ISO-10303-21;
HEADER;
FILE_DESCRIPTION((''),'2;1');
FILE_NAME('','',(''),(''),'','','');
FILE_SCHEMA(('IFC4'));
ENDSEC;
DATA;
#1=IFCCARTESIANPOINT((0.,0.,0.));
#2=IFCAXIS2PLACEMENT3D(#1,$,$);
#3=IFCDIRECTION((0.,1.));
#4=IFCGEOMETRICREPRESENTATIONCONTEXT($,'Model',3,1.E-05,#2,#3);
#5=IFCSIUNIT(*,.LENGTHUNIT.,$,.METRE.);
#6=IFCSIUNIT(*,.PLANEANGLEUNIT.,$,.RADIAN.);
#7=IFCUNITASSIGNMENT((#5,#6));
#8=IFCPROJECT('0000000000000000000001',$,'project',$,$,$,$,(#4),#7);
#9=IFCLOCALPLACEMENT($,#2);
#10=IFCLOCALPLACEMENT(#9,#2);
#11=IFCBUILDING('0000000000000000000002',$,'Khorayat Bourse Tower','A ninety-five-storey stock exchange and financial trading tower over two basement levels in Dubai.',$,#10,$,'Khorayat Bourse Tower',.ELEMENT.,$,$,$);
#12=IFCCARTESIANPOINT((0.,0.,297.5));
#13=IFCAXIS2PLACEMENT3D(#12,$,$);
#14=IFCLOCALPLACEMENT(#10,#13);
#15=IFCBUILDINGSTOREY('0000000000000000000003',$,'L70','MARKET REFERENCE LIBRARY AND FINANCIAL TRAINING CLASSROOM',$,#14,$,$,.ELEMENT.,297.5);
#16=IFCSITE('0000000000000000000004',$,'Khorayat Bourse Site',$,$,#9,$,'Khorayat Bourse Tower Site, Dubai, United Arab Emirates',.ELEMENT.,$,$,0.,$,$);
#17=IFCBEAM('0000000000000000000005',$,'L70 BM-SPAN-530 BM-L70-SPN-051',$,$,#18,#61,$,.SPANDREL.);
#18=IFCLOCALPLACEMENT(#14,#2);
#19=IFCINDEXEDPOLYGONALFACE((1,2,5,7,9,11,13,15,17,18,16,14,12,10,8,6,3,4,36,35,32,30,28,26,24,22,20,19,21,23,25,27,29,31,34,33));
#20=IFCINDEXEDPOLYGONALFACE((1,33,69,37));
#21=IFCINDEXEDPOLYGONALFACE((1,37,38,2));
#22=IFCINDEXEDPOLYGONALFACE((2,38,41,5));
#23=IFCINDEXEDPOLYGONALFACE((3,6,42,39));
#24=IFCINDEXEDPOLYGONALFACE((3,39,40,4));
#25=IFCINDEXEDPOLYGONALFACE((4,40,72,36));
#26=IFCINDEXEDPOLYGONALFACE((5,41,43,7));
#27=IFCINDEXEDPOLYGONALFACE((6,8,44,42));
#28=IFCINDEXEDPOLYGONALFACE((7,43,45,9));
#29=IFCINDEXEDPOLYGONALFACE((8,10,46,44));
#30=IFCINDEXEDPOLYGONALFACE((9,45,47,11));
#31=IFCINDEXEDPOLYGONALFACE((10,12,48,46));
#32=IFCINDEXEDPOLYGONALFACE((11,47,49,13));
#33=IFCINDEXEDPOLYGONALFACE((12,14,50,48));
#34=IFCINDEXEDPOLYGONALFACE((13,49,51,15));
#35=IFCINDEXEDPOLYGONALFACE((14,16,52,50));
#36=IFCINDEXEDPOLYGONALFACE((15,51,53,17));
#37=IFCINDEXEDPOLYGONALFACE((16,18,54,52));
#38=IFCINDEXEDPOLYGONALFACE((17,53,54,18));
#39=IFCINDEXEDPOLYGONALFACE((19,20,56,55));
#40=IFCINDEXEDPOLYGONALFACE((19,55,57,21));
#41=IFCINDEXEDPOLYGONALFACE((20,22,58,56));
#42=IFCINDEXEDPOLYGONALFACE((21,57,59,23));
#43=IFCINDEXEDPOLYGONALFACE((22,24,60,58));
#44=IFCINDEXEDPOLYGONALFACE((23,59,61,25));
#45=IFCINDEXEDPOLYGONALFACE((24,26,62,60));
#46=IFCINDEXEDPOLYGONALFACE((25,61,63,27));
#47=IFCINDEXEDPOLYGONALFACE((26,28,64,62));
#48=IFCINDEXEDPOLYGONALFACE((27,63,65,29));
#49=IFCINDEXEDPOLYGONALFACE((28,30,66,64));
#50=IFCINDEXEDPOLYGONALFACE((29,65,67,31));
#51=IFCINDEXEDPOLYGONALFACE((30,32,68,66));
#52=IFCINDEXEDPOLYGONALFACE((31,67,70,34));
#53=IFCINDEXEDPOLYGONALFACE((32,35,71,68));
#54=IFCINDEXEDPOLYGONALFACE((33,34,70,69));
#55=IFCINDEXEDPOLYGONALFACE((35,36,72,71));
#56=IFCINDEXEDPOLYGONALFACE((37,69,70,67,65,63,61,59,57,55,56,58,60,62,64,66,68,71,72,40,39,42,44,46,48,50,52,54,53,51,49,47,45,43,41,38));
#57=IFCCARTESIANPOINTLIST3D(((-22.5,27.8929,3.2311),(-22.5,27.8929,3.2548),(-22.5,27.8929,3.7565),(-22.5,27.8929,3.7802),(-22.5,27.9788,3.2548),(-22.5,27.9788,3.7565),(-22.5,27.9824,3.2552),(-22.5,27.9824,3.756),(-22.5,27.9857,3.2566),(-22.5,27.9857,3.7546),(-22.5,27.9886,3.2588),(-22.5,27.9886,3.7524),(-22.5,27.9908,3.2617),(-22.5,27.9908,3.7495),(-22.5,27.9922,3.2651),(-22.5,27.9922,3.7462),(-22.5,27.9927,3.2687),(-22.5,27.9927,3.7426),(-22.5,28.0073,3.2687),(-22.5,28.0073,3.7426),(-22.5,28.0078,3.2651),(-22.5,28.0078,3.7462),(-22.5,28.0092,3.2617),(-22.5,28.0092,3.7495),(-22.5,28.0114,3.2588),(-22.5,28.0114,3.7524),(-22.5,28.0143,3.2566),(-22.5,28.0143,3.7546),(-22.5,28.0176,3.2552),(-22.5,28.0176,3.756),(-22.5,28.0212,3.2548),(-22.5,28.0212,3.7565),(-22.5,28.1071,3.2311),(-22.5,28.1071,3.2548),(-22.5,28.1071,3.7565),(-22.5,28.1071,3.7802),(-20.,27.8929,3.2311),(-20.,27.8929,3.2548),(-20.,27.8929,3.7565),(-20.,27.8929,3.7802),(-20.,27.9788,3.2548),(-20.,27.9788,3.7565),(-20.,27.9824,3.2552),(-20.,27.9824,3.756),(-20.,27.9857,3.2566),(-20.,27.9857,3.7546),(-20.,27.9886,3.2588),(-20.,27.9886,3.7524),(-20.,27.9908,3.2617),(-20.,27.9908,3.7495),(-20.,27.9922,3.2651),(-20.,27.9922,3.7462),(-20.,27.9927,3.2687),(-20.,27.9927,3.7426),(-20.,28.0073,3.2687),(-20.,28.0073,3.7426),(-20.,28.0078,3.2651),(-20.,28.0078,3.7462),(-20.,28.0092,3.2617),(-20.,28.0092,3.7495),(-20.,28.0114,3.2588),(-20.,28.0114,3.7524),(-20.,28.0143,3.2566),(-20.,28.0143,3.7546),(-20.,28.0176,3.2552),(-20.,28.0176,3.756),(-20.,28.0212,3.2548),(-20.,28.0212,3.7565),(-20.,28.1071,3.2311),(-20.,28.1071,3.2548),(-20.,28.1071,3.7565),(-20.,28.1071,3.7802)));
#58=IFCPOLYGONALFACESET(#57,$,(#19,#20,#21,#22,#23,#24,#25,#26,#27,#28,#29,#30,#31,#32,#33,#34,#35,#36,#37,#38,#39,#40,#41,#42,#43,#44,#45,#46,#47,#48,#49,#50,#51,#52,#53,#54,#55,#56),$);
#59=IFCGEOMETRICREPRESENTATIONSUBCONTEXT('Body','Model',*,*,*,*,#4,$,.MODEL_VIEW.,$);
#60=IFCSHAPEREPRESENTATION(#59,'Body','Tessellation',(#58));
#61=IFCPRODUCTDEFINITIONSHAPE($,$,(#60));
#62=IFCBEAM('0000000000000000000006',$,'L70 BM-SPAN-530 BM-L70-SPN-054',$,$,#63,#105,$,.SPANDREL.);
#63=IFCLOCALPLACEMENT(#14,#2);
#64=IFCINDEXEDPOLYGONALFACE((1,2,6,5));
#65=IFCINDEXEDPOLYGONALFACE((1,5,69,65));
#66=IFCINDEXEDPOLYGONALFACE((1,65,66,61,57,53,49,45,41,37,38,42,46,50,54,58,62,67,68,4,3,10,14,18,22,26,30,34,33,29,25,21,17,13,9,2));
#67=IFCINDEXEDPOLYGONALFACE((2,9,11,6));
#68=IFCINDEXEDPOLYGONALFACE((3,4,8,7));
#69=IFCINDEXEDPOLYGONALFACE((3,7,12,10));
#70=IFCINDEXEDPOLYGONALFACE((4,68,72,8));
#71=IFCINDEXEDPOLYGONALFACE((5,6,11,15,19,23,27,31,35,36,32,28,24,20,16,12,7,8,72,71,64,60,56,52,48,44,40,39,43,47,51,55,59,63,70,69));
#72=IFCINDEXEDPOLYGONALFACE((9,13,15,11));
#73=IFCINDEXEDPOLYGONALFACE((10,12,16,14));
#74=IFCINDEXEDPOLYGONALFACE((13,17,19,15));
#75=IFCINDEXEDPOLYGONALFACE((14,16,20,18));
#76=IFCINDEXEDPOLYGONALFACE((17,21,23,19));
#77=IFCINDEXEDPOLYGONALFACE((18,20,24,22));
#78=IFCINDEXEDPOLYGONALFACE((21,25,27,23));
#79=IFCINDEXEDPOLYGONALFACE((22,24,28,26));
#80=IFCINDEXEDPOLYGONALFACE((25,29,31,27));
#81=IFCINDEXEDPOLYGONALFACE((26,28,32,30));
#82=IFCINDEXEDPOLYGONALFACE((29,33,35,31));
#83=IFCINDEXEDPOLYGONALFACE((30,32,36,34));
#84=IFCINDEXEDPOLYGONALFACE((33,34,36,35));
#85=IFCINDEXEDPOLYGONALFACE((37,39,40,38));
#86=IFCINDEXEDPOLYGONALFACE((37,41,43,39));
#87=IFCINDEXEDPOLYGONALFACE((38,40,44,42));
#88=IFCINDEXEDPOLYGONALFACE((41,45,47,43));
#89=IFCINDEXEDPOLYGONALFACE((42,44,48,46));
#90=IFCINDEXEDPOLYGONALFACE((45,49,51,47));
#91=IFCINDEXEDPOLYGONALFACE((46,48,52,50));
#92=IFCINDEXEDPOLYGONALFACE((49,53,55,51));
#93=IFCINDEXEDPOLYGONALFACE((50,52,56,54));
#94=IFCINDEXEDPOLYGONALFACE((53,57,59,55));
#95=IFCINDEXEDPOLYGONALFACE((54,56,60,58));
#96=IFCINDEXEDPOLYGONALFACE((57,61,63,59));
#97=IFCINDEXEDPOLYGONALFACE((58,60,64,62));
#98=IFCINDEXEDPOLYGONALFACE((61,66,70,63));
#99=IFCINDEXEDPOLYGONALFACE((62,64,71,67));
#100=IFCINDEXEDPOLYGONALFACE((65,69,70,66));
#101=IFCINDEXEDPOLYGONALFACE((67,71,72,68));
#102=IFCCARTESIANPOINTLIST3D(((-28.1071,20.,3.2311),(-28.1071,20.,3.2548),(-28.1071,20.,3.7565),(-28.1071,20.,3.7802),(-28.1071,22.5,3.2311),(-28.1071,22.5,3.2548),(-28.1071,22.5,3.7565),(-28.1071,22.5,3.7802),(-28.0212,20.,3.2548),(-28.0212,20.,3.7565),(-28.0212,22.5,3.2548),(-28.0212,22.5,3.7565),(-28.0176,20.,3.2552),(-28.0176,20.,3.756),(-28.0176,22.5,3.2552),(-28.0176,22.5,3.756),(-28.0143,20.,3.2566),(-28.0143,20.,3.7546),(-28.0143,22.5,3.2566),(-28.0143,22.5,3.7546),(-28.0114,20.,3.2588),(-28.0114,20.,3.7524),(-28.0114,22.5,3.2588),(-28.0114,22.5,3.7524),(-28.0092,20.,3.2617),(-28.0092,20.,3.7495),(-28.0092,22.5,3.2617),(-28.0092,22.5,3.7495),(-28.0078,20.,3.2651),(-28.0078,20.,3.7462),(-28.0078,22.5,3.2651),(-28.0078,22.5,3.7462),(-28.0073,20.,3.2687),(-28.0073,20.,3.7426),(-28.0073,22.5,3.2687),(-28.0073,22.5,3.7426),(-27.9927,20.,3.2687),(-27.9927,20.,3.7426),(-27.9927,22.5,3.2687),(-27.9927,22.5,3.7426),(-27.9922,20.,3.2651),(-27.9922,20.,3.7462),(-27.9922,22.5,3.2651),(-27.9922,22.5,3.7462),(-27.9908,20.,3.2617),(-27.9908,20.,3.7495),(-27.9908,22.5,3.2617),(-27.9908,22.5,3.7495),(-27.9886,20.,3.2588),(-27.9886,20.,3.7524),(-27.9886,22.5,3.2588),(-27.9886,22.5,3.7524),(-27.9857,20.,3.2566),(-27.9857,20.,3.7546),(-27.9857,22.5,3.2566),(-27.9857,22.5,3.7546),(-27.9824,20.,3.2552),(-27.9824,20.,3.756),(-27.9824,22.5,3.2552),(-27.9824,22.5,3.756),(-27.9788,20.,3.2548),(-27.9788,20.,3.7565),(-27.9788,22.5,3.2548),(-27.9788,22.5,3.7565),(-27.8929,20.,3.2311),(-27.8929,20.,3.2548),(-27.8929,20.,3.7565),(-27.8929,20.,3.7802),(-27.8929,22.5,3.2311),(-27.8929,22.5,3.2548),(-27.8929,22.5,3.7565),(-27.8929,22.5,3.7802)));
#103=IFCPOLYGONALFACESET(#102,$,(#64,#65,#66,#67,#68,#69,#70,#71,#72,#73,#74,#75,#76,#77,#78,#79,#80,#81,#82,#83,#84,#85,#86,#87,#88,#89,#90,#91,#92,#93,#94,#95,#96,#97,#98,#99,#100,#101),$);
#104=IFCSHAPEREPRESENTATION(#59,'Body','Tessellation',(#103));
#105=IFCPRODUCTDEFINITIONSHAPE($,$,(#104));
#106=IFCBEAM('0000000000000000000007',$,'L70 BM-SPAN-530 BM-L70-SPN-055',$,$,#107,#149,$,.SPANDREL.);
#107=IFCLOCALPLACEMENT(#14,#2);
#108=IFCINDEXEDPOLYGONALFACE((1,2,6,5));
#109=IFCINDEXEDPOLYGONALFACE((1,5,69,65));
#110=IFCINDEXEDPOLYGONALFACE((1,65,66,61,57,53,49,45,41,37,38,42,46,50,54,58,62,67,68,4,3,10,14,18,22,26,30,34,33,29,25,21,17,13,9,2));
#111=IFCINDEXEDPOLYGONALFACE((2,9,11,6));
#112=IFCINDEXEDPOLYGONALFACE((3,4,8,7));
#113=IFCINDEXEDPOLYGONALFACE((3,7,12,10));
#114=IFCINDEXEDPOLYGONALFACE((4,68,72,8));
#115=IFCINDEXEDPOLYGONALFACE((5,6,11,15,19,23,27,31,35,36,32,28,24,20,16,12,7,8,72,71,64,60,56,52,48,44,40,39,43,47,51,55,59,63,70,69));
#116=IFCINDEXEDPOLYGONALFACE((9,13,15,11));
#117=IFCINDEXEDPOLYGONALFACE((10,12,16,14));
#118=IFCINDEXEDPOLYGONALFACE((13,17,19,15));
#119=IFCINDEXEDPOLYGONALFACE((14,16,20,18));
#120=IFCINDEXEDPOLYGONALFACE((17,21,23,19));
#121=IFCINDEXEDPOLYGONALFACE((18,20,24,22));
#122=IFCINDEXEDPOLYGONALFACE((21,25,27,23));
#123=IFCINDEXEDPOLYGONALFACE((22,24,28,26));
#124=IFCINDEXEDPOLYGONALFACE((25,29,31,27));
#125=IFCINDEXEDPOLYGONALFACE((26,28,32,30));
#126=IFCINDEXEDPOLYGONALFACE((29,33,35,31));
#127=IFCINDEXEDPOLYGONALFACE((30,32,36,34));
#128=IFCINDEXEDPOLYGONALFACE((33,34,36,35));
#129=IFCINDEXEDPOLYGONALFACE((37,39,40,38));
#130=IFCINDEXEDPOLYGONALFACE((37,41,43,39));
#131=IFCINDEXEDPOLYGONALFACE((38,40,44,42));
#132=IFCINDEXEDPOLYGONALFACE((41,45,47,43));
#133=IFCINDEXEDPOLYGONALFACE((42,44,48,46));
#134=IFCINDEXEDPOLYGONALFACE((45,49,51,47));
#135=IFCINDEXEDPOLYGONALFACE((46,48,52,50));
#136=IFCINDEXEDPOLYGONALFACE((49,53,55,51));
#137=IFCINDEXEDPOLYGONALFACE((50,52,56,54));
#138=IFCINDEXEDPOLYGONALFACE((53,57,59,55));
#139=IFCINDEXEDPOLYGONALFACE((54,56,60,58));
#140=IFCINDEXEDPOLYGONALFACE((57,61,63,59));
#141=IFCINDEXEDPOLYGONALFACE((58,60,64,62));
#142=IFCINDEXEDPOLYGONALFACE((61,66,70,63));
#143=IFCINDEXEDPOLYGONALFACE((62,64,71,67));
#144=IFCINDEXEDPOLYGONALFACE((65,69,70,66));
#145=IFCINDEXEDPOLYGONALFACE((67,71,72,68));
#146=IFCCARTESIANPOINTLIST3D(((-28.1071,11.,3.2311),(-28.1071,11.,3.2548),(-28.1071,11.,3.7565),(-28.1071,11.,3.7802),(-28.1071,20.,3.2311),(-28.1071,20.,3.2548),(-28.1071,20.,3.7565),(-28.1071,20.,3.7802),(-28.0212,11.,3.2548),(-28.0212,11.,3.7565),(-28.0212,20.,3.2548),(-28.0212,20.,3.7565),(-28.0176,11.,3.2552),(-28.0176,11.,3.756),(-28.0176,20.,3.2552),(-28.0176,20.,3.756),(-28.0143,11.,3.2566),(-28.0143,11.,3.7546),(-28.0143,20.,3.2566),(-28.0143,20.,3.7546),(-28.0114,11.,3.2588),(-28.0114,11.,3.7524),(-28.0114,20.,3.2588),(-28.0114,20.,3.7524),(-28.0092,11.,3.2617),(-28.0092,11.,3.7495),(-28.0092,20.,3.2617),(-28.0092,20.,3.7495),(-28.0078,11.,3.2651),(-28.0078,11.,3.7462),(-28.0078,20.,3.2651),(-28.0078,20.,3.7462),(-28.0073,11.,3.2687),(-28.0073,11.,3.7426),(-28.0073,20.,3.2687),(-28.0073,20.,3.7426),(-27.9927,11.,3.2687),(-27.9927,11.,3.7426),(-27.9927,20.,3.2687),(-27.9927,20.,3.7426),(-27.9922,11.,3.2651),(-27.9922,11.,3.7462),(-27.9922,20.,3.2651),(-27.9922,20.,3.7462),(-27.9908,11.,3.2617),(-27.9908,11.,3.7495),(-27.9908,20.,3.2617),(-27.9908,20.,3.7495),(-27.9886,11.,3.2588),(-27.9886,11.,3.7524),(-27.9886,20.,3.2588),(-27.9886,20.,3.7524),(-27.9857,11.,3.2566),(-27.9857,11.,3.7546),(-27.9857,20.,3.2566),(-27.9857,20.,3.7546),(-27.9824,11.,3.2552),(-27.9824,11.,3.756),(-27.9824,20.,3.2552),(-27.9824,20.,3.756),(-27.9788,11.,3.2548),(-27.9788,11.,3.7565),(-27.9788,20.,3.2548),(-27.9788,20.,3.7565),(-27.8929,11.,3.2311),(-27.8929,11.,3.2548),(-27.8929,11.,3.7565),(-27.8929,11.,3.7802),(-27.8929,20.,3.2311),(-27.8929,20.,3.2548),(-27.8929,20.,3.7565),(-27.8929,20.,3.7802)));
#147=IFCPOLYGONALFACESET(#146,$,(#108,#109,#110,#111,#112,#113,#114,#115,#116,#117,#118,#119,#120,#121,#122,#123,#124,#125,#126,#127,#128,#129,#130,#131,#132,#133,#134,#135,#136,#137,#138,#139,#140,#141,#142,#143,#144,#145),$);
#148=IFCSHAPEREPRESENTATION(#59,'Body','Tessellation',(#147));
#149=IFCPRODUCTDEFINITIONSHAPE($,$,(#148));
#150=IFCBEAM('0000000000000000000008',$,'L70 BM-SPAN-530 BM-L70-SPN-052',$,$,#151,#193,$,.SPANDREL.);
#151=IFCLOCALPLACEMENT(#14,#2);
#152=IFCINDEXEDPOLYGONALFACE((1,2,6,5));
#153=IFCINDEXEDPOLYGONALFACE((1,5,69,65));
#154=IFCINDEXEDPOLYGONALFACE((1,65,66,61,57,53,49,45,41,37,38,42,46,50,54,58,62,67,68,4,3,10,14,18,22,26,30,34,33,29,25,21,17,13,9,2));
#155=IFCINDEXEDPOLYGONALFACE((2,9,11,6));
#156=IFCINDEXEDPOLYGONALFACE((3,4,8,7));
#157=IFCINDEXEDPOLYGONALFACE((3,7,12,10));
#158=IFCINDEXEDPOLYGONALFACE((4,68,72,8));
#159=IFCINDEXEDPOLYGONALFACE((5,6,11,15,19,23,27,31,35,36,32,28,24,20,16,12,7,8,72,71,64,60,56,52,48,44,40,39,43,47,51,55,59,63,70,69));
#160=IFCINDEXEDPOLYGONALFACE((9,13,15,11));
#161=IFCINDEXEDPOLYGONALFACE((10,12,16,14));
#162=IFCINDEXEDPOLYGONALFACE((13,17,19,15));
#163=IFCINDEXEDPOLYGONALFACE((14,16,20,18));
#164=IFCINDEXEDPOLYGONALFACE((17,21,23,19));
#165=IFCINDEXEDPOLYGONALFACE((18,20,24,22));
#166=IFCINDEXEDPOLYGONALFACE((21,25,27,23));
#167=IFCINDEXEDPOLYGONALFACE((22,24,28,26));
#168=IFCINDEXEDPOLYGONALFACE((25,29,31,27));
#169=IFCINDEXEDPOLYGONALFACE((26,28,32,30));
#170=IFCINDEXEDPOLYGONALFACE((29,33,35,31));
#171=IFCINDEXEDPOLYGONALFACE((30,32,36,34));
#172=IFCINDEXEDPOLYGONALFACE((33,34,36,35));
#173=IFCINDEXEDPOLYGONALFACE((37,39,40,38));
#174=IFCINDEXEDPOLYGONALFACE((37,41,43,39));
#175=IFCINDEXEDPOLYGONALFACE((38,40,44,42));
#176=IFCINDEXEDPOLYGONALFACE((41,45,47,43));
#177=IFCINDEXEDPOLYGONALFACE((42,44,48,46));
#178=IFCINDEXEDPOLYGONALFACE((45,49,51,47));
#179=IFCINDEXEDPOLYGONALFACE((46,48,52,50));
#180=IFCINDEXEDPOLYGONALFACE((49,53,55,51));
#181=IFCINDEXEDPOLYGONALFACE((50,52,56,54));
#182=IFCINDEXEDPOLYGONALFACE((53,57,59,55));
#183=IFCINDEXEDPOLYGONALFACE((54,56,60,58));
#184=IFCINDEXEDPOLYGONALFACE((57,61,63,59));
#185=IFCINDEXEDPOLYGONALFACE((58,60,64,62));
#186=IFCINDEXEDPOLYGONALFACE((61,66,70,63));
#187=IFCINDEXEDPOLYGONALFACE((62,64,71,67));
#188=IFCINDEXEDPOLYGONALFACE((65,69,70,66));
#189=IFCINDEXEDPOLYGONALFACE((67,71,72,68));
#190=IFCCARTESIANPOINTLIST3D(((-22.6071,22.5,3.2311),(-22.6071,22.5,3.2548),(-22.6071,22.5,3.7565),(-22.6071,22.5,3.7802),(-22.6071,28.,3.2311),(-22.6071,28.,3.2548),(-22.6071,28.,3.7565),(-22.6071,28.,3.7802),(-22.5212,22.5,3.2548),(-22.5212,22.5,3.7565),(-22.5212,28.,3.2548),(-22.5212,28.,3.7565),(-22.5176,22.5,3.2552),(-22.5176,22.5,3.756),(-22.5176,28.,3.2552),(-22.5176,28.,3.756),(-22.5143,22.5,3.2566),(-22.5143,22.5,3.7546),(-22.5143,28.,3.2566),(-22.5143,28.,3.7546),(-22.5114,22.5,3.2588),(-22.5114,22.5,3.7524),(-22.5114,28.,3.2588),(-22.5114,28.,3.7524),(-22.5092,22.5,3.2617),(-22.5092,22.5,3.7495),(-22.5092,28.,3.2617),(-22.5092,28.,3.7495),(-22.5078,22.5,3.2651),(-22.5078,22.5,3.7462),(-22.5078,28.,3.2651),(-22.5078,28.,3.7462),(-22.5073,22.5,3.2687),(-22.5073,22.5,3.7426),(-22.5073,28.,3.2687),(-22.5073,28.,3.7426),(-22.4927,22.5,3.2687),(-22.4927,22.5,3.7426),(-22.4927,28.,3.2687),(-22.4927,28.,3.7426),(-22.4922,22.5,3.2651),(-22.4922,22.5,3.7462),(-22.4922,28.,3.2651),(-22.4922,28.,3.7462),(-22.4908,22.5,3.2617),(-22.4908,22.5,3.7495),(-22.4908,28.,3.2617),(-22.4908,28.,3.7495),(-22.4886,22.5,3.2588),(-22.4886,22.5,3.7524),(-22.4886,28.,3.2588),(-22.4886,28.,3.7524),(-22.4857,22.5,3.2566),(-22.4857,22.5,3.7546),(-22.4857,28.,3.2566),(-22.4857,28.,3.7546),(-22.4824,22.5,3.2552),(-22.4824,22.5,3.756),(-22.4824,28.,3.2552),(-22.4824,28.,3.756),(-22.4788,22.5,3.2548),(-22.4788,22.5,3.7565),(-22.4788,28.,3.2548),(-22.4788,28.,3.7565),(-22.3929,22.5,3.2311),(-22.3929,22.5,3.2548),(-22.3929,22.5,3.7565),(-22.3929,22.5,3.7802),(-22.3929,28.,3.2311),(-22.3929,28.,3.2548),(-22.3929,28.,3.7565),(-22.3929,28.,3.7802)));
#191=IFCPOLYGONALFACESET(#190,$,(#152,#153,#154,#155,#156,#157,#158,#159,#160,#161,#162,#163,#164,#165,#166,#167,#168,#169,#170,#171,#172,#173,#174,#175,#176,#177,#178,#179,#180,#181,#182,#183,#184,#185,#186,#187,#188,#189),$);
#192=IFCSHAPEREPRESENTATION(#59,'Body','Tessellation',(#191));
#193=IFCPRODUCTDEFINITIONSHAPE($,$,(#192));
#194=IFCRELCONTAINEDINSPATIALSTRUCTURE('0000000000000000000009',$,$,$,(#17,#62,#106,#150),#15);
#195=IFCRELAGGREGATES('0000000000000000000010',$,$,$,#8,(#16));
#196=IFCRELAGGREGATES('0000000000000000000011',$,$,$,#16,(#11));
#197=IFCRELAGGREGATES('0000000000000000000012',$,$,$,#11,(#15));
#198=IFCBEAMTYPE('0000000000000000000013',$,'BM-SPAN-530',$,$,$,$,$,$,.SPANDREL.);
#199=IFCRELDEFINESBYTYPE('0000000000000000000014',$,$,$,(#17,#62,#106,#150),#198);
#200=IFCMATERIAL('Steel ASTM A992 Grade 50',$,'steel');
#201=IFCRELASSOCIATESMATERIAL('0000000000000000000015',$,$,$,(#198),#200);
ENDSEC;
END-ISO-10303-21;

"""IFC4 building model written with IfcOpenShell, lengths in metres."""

from ifc_helpers import new_model, si_unit, direction, frame, origin, origin_2d, place, context, subcontext, project, spatial, i_section, extrude, source, transform, mapped, material, material_profile, profile_set, type_object, element, save


model = new_model("IFC4")

# Units and contexts
model_context = context("Model", 3, precision=1e-05, world=origin(), true_north=direction((0.0, 1.0)))
body_context = subcontext(model_context, "Body", "Model", "MODEL_VIEW")
ifc_project = project(units=[si_unit("LENGTHUNIT", "METRE"), si_unit("PLANEANGLEUNIT", "RADIAN")], contexts=[model_context])

# Site, building, storey
site_placement = place(None, origin())
site = spatial("IfcSite", under=ifc_project, at=site_placement, Name="Khorayat Bourse Site", LongName="Khorayat Bourse Tower Site, Dubai, United Arab Emirates", CompositionType="ELEMENT", RefElevation=0.0)
building_placement = place(site_placement, origin())
building = spatial("IfcBuilding", under=site, at=building_placement, Name="Khorayat Bourse Tower", Description="A ninety-five-storey stock exchange and financial trading tower over two basement levels in Dubai.", LongName="Khorayat Bourse Tower", CompositionType="ELEMENT")
storey_placement = place(building_placement, frame((0.0, 0.0, 297.5)))
storey = spatial("IfcBuildingStorey", under=building, at=storey_placement, Name="L70", Description="MARKET REFERENCE LIBRARY AND FINANCIAL TRAINING CLASSROOM", CompositionType="ELEMENT", Elevation=297.5)

# Beams
ifc_material_1 = material(Name="Steel ASTM A992 Grade 50", Category="steel")
ifc_material_profile_1 = material_profile(ifc_material_1, i_section(OverallWidth=0.2141, OverallDepth=0.5491, WebThickness=0.0146, FlangeThickness=0.0237, FilletRadius=0.0139, at=origin_2d()), Name="W530X138")
ifc_profile_set_1 = profile_set([ifc_material_profile_1], Name="Steel ASTM A992 Grade 50")
beam_type_1 = type_object("IfcBeamType", Name="BM-SPAN-530", PredefinedType="SPANDREL", material=ifc_profile_set_1)
shared_shape_1 = source(origin(), body_context, "Body", "SweptSolid", [
    extrude(i_section(OverallWidth=0.2141, OverallDepth=0.5491, WebThickness=0.0146, FlangeThickness=0.0237, FilletRadius=0.0139, at=origin_2d()), origin(), (0.0, 0.0, 1.0), 2.5),
])
for number, where, z_axis, x_axis, name in (
    (1, (-22.5, 28.0, 3.5056), (1.0, 0.0, 0.0), (0.0, 1.0, 0.0), "L70 BM-SPAN-530 BM-L70-SPN-051"),
    (2, (-28.0, 20.0, 3.5056), (0.0, 1.0, 0.0), (-1.0, 0.0, 0.0), "L70 BM-SPAN-530 BM-L70-SPN-054"),
):
    element("IfcBeam", number, at=place(storey_placement, frame(where, z_axis=z_axis, x_axis=x_axis)), inside=storey, type_object=beam_type_1, Name=name, PredefinedType="SPANDREL", context=body_context, shape_type="MappedRepresentation", body=[
        mapped(shared_shape_1, transform((0.0, 0.0, 0.0), scale=1.0)),
    ])
shared_shape_2 = source(origin(), body_context, "Body", "SweptSolid", [
    extrude(i_section(OverallWidth=0.2141, OverallDepth=0.5491, WebThickness=0.0146, FlangeThickness=0.0237, FilletRadius=0.0139, at=origin_2d()), origin(), (0.0, 0.0, 1.0), 9.0),
])
beam_1_placement = place(storey_placement, frame((-28.0, 11.0, 3.5056), z_axis=(0.0, 1.0, 0.0), x_axis=(-1.0, 0.0, 0.0)))
element("IfcBeam", 3, at=beam_1_placement, inside=storey, type_object=beam_type_1, Name="L70 BM-SPAN-530 BM-L70-SPN-055", PredefinedType="SPANDREL", context=body_context, shape_type="MappedRepresentation", body=[
    mapped(shared_shape_2, transform((0.0, 0.0, 0.0), scale=1.0)),
])
shared_shape_3 = source(origin(), body_context, "Body", "SweptSolid", [
    extrude(i_section(OverallWidth=0.2141, OverallDepth=0.5491, WebThickness=0.0146, FlangeThickness=0.0237, FilletRadius=0.0139, at=origin_2d()), origin(), (0.0, 0.0, 1.0), 5.5),
])
for number, where, z_axis, x_axis, name in (
    (4, (-22.5, 22.5, 3.5056), (0.0, 1.0, 0.0), (-1.0, 0.0, 0.0), "L70 BM-SPAN-530 BM-L70-SPN-052"),
):
    element("IfcBeam", number, at=place(storey_placement, frame(where, z_axis=z_axis, x_axis=x_axis)), inside=storey, type_object=beam_type_1, Name=name, PredefinedType="SPANDREL", context=body_context, shape_type="MappedRepresentation", body=[
        mapped(shared_shape_3, transform((0.0, 0.0, 0.0), scale=1.0)),
    ])

save(model, "model.ifc")
